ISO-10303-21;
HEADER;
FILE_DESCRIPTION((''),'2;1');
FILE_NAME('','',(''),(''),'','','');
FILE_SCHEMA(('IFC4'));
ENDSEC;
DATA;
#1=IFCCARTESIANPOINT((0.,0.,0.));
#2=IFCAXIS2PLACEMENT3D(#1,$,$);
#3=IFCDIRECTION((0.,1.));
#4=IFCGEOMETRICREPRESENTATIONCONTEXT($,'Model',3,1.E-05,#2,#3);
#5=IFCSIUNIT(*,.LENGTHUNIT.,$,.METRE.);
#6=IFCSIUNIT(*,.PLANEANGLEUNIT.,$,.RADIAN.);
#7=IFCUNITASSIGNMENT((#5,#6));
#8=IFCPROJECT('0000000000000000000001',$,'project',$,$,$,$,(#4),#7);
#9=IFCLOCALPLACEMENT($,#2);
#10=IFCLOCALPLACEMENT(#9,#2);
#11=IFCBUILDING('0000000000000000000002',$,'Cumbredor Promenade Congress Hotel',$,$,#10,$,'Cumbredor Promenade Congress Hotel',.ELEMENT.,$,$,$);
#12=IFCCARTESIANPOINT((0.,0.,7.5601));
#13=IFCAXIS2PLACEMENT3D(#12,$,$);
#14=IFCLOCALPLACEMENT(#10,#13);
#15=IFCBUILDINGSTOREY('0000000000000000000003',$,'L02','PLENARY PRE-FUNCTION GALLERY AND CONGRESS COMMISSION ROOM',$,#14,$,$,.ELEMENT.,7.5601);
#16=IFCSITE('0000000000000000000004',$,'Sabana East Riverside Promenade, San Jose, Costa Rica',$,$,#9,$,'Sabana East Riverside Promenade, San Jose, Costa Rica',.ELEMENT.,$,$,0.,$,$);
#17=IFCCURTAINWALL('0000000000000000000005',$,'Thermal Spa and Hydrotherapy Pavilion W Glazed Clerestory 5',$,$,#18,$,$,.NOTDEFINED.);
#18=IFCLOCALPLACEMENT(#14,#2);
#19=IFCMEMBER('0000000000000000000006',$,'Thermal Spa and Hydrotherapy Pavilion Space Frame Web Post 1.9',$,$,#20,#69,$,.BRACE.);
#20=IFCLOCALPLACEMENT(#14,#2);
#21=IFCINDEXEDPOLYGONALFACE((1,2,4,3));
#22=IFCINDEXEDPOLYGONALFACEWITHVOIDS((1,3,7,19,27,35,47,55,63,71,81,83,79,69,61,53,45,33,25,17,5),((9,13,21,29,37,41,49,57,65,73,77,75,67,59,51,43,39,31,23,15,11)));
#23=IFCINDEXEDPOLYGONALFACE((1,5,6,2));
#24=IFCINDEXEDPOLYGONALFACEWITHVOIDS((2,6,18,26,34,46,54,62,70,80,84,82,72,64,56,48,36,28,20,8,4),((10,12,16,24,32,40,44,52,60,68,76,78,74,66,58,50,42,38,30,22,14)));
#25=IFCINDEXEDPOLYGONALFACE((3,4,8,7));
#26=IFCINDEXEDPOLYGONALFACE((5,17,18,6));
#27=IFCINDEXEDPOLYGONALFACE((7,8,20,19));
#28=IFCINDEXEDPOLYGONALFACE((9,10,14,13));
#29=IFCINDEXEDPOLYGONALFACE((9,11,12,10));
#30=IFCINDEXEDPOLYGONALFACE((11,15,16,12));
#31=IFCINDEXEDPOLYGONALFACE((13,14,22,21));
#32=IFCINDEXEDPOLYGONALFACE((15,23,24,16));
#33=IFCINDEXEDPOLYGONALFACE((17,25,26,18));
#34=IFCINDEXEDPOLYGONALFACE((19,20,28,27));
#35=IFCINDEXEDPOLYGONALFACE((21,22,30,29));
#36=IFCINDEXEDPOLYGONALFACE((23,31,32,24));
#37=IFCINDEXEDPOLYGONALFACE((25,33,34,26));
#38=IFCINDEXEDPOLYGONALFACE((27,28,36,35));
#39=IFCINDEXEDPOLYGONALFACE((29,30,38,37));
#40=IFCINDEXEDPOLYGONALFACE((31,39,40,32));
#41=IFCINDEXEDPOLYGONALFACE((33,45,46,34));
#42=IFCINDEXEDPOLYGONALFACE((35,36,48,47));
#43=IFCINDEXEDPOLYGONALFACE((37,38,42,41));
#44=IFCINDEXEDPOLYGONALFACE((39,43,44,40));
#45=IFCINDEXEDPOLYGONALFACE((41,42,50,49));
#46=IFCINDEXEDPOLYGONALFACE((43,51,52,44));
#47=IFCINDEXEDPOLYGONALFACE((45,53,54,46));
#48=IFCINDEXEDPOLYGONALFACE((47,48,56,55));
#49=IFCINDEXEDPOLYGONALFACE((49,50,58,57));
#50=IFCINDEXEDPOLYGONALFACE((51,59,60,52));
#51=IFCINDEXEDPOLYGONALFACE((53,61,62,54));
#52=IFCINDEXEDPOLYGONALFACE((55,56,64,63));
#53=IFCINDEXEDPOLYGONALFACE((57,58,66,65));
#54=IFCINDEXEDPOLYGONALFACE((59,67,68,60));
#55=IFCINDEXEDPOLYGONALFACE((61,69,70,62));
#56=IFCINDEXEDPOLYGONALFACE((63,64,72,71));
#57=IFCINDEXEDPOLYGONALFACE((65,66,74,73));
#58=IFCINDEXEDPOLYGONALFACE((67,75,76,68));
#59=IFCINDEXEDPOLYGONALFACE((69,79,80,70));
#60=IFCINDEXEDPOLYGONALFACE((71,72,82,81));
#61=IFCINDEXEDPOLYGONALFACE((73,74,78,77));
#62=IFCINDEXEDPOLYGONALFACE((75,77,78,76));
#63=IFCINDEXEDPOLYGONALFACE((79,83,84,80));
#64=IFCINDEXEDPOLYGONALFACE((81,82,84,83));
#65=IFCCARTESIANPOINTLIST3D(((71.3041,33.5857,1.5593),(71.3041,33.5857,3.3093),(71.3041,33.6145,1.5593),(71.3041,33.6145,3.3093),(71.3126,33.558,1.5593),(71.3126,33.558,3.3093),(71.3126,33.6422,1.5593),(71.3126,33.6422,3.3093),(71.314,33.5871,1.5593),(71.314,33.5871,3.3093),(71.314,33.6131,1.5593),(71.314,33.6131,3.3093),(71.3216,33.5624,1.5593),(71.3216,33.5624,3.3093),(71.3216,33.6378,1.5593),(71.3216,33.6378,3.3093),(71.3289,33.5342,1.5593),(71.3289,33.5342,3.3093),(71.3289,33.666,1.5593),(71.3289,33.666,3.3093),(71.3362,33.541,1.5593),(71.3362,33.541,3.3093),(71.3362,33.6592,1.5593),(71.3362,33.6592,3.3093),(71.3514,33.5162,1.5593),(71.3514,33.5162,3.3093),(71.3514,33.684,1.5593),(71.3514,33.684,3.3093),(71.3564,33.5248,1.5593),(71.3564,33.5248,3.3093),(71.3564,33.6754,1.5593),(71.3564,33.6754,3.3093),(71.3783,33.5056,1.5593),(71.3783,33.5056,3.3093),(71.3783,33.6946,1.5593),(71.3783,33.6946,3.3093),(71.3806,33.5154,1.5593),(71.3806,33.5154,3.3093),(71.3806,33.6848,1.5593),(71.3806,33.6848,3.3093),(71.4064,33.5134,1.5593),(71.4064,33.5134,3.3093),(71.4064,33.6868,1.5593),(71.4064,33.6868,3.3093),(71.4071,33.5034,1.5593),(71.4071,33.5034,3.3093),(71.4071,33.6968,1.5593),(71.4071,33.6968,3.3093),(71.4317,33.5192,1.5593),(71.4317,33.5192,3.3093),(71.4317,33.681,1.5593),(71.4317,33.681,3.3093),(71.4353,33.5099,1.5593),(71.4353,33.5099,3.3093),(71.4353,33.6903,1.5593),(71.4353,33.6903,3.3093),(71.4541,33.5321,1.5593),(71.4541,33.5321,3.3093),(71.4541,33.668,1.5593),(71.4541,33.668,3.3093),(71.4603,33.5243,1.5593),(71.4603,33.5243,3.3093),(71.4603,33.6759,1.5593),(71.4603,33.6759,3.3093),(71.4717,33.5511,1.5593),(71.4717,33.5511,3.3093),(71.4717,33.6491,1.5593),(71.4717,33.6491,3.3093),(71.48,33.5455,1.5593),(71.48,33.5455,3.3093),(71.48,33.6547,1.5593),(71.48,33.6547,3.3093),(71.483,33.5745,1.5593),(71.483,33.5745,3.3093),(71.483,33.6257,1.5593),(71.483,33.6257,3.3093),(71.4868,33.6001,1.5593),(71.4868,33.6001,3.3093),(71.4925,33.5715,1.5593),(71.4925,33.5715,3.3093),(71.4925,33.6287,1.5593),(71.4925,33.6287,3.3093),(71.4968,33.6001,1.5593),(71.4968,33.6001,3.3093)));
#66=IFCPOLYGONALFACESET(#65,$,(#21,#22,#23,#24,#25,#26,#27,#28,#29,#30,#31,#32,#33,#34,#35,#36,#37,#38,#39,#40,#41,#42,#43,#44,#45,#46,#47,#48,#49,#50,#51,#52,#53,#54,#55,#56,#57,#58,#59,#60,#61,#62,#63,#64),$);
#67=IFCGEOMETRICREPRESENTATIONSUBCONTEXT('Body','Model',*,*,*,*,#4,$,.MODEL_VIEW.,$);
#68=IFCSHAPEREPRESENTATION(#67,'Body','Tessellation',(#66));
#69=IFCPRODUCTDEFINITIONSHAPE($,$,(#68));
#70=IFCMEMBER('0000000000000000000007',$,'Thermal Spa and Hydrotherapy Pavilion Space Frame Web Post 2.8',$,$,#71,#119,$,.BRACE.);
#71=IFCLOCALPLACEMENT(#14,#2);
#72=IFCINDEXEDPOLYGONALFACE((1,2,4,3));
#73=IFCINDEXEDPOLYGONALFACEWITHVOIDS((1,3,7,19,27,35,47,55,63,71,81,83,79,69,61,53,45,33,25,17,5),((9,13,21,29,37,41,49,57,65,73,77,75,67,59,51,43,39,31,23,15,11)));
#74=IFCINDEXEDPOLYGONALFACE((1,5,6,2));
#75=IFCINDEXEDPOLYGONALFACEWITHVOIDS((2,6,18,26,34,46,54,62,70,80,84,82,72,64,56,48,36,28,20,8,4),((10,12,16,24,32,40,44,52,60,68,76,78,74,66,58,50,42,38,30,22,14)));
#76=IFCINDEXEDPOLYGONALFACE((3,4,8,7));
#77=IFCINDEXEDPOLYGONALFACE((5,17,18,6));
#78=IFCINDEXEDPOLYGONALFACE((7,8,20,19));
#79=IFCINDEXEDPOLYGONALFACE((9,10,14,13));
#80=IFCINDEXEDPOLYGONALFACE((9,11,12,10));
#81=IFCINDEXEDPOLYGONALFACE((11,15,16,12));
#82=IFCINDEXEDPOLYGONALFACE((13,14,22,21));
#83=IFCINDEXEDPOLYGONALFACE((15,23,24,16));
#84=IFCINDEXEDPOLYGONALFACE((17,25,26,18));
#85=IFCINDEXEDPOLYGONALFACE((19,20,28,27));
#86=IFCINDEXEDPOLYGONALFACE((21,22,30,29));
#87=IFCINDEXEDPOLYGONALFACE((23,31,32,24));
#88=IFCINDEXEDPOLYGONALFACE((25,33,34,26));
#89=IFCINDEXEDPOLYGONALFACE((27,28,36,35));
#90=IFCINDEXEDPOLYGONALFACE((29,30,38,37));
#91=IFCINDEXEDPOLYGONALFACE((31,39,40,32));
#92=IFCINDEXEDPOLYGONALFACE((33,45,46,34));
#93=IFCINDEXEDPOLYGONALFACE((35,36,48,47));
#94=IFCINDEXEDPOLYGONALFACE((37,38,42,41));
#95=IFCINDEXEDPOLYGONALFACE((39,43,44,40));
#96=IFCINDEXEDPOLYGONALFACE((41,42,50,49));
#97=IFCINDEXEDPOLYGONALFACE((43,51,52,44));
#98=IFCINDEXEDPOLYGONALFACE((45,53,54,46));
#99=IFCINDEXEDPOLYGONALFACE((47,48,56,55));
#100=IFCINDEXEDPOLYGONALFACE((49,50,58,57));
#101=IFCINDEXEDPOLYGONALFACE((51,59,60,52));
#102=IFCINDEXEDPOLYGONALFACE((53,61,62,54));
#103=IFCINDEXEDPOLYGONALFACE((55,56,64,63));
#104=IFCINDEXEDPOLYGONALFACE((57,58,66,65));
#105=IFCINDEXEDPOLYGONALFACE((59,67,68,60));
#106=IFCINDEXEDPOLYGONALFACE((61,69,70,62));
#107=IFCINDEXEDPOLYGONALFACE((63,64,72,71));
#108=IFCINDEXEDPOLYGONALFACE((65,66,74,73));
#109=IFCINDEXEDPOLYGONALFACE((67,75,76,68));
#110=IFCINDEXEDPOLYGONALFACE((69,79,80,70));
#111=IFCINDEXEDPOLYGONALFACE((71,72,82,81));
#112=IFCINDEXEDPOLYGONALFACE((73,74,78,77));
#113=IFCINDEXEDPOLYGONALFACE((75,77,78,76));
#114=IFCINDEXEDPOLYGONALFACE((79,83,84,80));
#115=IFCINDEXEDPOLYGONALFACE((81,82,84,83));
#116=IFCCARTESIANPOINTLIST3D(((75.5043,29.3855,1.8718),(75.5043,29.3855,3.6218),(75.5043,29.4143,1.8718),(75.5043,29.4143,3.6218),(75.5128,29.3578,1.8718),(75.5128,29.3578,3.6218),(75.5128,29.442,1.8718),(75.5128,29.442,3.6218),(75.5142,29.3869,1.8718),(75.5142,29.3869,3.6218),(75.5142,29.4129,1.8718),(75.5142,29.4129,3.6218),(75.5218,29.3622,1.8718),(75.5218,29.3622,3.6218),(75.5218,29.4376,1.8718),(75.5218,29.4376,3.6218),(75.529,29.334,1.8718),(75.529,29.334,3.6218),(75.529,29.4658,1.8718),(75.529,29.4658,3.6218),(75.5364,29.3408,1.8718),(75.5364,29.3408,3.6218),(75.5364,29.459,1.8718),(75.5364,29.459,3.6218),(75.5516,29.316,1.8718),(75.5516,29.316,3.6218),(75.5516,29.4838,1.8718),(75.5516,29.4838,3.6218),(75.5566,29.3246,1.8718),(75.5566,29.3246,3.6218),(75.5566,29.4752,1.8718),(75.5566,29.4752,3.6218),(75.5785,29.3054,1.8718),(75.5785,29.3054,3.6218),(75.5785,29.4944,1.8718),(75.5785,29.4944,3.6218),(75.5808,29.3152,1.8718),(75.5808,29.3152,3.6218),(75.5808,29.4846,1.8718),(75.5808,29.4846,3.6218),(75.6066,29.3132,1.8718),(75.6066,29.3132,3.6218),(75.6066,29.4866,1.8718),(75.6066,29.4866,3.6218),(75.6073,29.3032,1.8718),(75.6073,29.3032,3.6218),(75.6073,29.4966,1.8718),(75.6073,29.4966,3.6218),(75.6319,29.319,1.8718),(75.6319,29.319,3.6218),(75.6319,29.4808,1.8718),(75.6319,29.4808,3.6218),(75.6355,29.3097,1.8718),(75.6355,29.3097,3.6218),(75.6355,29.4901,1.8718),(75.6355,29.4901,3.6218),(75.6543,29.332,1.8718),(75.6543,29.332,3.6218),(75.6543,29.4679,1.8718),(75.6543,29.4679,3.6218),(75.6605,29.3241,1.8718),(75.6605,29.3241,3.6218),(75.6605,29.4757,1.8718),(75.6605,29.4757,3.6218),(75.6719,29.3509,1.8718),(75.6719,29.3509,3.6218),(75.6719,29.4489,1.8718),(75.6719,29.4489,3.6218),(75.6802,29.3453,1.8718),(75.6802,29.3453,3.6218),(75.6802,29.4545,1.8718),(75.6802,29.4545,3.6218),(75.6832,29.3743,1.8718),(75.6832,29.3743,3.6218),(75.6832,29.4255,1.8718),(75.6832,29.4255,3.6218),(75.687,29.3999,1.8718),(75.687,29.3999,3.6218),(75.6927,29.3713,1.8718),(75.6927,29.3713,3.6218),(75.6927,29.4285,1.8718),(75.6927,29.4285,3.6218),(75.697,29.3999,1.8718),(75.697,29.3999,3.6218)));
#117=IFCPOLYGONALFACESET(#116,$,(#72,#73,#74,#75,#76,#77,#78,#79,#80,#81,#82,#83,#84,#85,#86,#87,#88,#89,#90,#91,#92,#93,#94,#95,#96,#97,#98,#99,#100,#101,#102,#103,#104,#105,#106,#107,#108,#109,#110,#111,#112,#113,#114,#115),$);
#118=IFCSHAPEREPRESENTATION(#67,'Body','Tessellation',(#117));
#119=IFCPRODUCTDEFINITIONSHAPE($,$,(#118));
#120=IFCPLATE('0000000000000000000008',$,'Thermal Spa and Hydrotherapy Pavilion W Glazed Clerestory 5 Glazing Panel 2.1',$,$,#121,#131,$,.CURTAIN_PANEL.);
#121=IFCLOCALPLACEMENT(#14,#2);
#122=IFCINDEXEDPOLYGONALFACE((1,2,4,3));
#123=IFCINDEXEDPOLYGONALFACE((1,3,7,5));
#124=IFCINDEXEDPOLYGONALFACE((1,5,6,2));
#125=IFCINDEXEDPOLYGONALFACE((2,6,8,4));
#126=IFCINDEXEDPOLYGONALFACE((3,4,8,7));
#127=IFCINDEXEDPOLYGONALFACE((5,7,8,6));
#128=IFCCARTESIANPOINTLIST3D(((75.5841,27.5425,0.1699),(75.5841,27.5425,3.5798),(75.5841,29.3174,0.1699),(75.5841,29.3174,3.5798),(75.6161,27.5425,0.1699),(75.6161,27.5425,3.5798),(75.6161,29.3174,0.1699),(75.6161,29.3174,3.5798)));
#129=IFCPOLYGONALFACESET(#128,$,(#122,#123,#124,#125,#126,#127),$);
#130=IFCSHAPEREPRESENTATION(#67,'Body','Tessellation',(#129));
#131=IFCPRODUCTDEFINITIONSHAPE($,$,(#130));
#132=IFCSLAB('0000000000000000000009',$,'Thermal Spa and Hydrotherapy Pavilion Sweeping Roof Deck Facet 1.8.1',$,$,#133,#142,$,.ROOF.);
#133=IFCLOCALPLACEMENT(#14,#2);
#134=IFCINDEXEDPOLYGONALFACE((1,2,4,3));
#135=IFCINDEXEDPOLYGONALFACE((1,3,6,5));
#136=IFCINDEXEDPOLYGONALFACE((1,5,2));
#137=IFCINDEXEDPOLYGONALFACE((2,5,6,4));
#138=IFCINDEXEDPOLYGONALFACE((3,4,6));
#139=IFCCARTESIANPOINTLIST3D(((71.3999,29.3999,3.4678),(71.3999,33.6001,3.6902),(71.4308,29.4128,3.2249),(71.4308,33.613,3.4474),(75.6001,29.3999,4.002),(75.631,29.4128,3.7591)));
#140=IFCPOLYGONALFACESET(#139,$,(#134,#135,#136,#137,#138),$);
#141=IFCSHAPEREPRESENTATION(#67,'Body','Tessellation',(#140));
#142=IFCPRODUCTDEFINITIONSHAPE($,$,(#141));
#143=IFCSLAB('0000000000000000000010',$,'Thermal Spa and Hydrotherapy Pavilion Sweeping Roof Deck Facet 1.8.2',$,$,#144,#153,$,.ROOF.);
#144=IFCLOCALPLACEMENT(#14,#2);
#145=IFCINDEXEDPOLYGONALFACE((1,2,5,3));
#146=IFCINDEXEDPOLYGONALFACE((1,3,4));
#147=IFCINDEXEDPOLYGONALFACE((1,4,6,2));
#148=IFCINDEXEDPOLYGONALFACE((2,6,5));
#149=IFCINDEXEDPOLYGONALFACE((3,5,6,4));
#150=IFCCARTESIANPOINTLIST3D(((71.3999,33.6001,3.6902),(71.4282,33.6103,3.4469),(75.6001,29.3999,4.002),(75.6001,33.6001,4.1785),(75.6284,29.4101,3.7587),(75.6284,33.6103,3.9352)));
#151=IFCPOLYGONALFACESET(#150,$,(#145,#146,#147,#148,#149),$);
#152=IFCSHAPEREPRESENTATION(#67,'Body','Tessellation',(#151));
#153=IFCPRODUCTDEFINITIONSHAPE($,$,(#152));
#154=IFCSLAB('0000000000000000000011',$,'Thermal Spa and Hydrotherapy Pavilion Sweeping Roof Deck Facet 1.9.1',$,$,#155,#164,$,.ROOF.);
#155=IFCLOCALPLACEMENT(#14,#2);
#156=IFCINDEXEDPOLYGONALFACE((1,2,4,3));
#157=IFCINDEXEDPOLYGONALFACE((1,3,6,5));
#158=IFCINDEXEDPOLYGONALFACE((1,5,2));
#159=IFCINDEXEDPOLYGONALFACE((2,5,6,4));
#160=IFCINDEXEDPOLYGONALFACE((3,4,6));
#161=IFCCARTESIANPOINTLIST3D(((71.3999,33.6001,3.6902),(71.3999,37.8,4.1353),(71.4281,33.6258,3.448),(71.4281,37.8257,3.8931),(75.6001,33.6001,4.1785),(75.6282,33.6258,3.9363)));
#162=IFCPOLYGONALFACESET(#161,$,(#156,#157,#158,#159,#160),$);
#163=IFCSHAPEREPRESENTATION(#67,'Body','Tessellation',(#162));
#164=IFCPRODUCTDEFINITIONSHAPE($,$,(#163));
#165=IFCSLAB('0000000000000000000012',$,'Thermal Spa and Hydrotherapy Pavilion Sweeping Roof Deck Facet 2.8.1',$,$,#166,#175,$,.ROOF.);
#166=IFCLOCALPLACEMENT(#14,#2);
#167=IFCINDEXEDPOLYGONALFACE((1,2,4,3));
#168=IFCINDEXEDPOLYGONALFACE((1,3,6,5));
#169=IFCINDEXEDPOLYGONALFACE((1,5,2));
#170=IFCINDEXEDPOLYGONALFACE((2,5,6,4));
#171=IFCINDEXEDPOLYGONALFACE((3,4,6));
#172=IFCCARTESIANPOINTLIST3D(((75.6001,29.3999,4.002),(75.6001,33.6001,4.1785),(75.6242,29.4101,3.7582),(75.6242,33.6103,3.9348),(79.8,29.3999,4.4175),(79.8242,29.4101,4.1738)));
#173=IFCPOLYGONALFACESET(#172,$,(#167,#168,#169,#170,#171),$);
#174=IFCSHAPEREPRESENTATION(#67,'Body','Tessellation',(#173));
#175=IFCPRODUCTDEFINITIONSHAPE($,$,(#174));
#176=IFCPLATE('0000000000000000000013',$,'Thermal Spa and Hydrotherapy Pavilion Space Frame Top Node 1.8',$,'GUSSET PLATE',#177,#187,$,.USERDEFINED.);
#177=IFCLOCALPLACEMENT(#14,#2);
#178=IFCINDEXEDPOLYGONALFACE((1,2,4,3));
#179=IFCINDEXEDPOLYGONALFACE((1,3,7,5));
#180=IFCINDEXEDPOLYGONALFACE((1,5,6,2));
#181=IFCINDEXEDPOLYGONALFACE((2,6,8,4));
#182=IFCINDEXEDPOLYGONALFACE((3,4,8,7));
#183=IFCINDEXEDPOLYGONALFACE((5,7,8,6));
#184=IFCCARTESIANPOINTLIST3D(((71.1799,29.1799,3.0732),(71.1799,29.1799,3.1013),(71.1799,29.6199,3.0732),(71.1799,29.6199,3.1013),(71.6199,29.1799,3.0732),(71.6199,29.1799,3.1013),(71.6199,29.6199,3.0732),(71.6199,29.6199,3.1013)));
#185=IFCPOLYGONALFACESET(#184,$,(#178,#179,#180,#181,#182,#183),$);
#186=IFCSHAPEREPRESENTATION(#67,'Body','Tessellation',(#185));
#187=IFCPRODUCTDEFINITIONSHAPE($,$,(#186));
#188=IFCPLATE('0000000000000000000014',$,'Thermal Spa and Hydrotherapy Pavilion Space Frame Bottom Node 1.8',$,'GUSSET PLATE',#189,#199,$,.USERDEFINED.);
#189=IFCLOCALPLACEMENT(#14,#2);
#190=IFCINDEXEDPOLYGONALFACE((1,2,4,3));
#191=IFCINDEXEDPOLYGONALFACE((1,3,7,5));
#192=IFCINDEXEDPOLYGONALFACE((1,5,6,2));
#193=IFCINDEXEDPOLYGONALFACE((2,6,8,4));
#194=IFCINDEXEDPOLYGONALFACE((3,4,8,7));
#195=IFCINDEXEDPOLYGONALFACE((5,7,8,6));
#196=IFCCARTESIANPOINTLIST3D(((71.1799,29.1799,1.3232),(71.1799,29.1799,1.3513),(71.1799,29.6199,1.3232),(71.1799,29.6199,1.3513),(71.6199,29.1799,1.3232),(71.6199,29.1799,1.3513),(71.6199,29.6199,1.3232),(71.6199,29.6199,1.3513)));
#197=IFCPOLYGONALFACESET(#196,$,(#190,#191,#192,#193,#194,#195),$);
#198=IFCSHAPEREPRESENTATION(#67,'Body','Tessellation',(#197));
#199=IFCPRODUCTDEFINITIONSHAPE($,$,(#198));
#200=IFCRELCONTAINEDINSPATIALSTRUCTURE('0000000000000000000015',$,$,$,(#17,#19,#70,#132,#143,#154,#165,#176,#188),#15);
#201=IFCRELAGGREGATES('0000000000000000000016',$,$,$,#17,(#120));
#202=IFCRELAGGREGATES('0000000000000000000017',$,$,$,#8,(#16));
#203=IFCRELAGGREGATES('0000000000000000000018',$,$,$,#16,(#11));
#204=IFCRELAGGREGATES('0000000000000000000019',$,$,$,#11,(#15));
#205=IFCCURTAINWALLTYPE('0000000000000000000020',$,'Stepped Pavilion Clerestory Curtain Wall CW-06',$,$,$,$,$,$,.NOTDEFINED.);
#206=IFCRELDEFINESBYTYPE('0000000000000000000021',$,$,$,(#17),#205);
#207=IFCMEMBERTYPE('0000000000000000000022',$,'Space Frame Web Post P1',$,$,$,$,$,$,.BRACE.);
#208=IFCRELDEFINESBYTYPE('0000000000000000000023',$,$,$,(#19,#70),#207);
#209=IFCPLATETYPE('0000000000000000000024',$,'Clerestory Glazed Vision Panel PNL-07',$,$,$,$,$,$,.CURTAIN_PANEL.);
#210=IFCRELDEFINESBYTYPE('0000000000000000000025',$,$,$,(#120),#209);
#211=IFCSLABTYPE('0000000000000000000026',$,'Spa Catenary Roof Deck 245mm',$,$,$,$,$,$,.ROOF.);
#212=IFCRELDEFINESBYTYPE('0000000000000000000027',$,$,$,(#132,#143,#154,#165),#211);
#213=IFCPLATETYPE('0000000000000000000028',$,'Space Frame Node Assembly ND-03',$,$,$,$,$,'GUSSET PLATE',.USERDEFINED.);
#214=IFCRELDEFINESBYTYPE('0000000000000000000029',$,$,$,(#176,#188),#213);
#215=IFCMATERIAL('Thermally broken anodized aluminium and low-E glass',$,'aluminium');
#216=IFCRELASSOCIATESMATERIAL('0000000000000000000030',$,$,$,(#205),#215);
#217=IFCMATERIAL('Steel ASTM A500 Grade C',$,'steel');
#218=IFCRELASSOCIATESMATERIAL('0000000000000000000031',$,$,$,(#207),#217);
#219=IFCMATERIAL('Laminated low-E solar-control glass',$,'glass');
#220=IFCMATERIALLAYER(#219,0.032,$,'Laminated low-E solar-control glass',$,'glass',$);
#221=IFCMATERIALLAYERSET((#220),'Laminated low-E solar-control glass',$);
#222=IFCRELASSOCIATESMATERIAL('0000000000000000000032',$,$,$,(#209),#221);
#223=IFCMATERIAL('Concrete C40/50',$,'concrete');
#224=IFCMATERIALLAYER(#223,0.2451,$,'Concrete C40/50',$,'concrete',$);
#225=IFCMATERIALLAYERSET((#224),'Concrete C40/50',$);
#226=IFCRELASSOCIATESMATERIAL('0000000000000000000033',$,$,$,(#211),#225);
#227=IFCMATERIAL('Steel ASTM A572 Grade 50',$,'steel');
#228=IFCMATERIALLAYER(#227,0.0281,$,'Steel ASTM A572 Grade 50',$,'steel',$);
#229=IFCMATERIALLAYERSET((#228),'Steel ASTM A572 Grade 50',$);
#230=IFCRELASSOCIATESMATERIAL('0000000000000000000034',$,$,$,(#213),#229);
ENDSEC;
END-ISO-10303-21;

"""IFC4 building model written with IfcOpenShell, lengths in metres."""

from ifc_helpers import new_model, si_unit, direction, frame, origin, origin_2d, place, context, subcontext, project, spatial, polyline, rectangle, hollow_circle, outline, extrude, material, layer, layer_set, material_profile, profile_set, type_object, element, aggregate, save


model = new_model("IFC4")

# Units and contexts
model_context = context("Model", 3, precision=1e-05, world=origin(), true_north=direction((0.0, 1.0)))
body_context = subcontext(model_context, "Body", "Model", "MODEL_VIEW")
ifc_project = project(units=[si_unit("LENGTHUNIT", "METRE"), si_unit("PLANEANGLEUNIT", "RADIAN")], contexts=[model_context])

# Site, building, storey
site_placement = place(None, origin())
site = spatial("IfcSite", under=ifc_project, at=site_placement, Name="Sabana East Riverside Promenade, San Jose, Costa Rica", LongName="Sabana East Riverside Promenade, San Jose, Costa Rica", CompositionType="ELEMENT", RefElevation=0.0)
building_placement = place(site_placement, origin())
building = spatial("IfcBuilding", under=site, at=building_placement, Name="Cumbredor Promenade Congress Hotel", LongName="Cumbredor Promenade Congress Hotel", CompositionType="ELEMENT")
storey_placement = place(building_placement, frame((0.0, 0.0, 7.5601)))
storey = spatial("IfcBuildingStorey", under=building, at=storey_placement, Name="L02", Description="PLENARY PRE-FUNCTION GALLERY AND CONGRESS COMMISSION ROOM", CompositionType="ELEMENT", Elevation=7.5601)

# Curtain wall
ifc_material_1 = material(Name="Thermally broken anodized aluminium and low-E glass", Category="aluminium")
curtain_wall_type = type_object("IfcCurtainWallType", Name="Stepped Pavilion Clerestory Curtain Wall CW-06", PredefinedType="NOTDEFINED", material=ifc_material_1)
curtain_wall_placement = place(storey_placement, origin())
curtain_wall = element("IfcCurtainWall", 1, at=curtain_wall_placement, inside=storey, type_object=curtain_wall_type, Name="Thermal Spa and Hydrotherapy Pavilion W Glazed Clerestory 5", PredefinedType="NOTDEFINED")

# Members
ifc_material_2 = material(Name="Steel ASTM A500 Grade C", Category="steel")
ifc_material_profile_1 = material_profile(ifc_material_2, hollow_circle(Radius=0.0969, WallThickness=0.01, at=origin_2d()), Name="CHS 193.7x10")
ifc_profile_set_1 = profile_set([ifc_material_profile_1], Name="Steel ASTM A500 Grade C")
member_type_1 = type_object("IfcMemberType", Name="Space Frame Web Post P1", PredefinedType="BRACE", material=ifc_profile_set_1)
for number, where, z_axis, x_axis, name in (
    (2, (71.3999, 33.6001, 1.5593), (0.0, 0.0, 1.0), (1.0, 0.0, 0.0), "Thermal Spa and Hydrotherapy Pavilion Space Frame Web Post 1.9"),
    (3, (75.6001, 29.3999, 1.8718), (0.0, 0.0, 1.0), (1.0, 0.0, 0.0), "Thermal Spa and Hydrotherapy Pavilion Space Frame Web Post 2.8"),
):
    element("IfcMember", number, at=place(storey_placement, frame(where, z_axis=z_axis, x_axis=x_axis)), inside=storey, type_object=member_type_1, Name=name, PredefinedType="BRACE", context=body_context, shape_type="SweptSolid", body=[
        extrude(hollow_circle(Radius=0.0969, WallThickness=0.01, at=origin_2d()), origin(), (0.0, 0.0, 1.0), 1.75),
    ])

# Plate
ifc_material_3 = material(Name="Laminated low-E solar-control glass", Category="glass")
ifc_layer_1 = layer(ifc_material_3, 0.032, Name="Laminated low-E solar-control glass", Category="glass")
ifc_layer_set_1 = layer_set([ifc_layer_1], Name="Laminated low-E solar-control glass")
plate_type_1 = type_object("IfcPlateType", Name="Clerestory Glazed Vision Panel PNL-07", PredefinedType="CURTAIN_PANEL", material=ifc_layer_set_1)
plate_placement = place(storey_placement, frame((75.6001, 28.4299, 0.1699), z_axis=(0.0, 0.0, 1.0), x_axis=(0.0, 1.0, 0.0)))
plate = element("IfcPlate", 4, at=plate_placement, type_object=plate_type_1, Name="Thermal Spa and Hydrotherapy Pavilion W Glazed Clerestory 5 Glazing Panel 2.1", PredefinedType="CURTAIN_PANEL", context=body_context, shape_type="SweptSolid", body=[
    extrude(rectangle(XDim=1.7749, YDim=0.032, at=origin_2d()), origin(), (0.0, 0.0, 1.0), 3.4099),
])
aggregate(curtain_wall, [plate])

# Slabs
ifc_material_4 = material(Name="Concrete C40/50", Category="concrete")
ifc_layer_2 = layer(ifc_material_4, 0.2451, Name="Concrete C40/50", Category="concrete")
ifc_layer_set_2 = layer_set([ifc_layer_2], Name="Concrete C40/50")
slab_type = type_object("IfcSlabType", Name="Spa Catenary Roof Deck 245mm", PredefinedType="ROOF", material=ifc_layer_set_2)
slab_1_placement = place(storey_placement, frame((71.3999, 29.3999, 3.4678), z_axis=(-0.12599, -0.052457, 0.990644), x_axis=(0.992009, 0.0, 0.126163)))
element("IfcSlab", 5, at=slab_1_placement, inside=storey, type_object=slab_type, Name="Thermal Spa and Hydrotherapy Pavilion Sweeping Roof Deck Facet 1.8.1", PredefinedType="ROOF", context=body_context, shape_type="SweptSolid", body=[
    extrude(outline(polyline([(0.0, 0.0), (4.234, 0.0), (0.0281, 4.206), (0.0, 0.0)])), origin(), (0.0, 0.0, -1.0), 0.2451),
])
slab_2_placement = place(storey_placement, frame((75.6001, 29.3999, 4.002), z_axis=(-0.115374, -0.041708, 0.992446), x_axis=(0.0, 0.999118, 0.041988)))
element("IfcSlab", 6, at=slab_2_placement, inside=storey, type_object=slab_type, Name="Thermal Spa and Hydrotherapy Pavilion Sweeping Roof Deck Facet 1.8.2", PredefinedType="ROOF", context=body_context, shape_type="SweptSolid", body=[
    extrude(outline(polyline([(0.0, 0.0), (4.2039, 0.0), (4.1834, 4.2284), (0.0, 0.0)])), origin(), (0.0, 0.0, -1.0), 0.2451),
])
slab_3_placement = place(storey_placement, frame((71.3999, 33.6001, 3.6902), z_axis=(-0.11484, -0.104683, 0.987853), x_axis=(0.99331, 0.0, 0.115474)))
element("IfcSlab", 7, at=slab_3_placement, inside=storey, type_object=slab_type, Name="Thermal Spa and Hydrotherapy Pavilion Sweeping Roof Deck Facet 1.9.1", PredefinedType="ROOF", context=body_context, shape_type="SweptSolid", body=[
    extrude(outline(polyline([(0.0, 0.0), (4.2285, 0.0), (0.0514, 4.2232), (0.0, 0.0)])), origin(), (0.0, 0.0, -1.0), 0.2451),
])
slab_4_placement = place(storey_placement, frame((75.6001, 29.3999, 4.002), z_axis=(-0.09837, -0.041784, 0.994272), x_axis=(0.995141, 0.0, 0.098456)))
element("IfcSlab", 8, at=slab_4_placement, inside=storey, type_object=slab_type, Name="Thermal Spa and Hydrotherapy Pavilion Sweeping Roof Deck Facet 2.8.1", PredefinedType="ROOF", context=body_context, shape_type="SweptSolid", body=[
    extrude(outline(polyline([(0.0, 0.0), (4.2205, 0.0), (0.0174, 4.2039), (0.0, 0.0)])), origin(), (0.0, 0.0, -1.0), 0.2451),
])

# Plates
ifc_material_5 = material(Name="Steel ASTM A572 Grade 50", Category="steel")
ifc_layer_3 = layer(ifc_material_5, 0.0281, Name="Steel ASTM A572 Grade 50", Category="steel")
ifc_layer_set_3 = layer_set([ifc_layer_3], Name="Steel ASTM A572 Grade 50")
plate_type_2 = type_object("IfcPlateType", Name="Space Frame Node Assembly ND-03", ElementType="GUSSET PLATE", PredefinedType="USERDEFINED", material=ifc_layer_set_3)
for number, where, z_axis, x_axis, name in (
    (9, (71.3999, 29.3999, 3.0732), (0.0, 0.0, 1.0), (1.0, 0.0, 0.0), "Thermal Spa and Hydrotherapy Pavilion Space Frame Top Node 1.8"),
    (10, (71.3999, 29.3999, 1.3232), (0.0, 0.0, 1.0), (1.0, 0.0, 0.0), "Thermal Spa and Hydrotherapy Pavilion Space Frame Bottom Node 1.8"),
):
    element("IfcPlate", number, at=place(storey_placement, frame(where, z_axis=z_axis, x_axis=x_axis)), inside=storey, type_object=plate_type_2, Name=name, ObjectType="GUSSET PLATE", PredefinedType="USERDEFINED", context=body_context, shape_type="SweptSolid", body=[
        extrude(rectangle(XDim=0.4399, YDim=0.4399, at=origin_2d()), origin(), (0.0, 0.0, 1.0), 0.0281),
    ])

save(model, "model.ifc")
